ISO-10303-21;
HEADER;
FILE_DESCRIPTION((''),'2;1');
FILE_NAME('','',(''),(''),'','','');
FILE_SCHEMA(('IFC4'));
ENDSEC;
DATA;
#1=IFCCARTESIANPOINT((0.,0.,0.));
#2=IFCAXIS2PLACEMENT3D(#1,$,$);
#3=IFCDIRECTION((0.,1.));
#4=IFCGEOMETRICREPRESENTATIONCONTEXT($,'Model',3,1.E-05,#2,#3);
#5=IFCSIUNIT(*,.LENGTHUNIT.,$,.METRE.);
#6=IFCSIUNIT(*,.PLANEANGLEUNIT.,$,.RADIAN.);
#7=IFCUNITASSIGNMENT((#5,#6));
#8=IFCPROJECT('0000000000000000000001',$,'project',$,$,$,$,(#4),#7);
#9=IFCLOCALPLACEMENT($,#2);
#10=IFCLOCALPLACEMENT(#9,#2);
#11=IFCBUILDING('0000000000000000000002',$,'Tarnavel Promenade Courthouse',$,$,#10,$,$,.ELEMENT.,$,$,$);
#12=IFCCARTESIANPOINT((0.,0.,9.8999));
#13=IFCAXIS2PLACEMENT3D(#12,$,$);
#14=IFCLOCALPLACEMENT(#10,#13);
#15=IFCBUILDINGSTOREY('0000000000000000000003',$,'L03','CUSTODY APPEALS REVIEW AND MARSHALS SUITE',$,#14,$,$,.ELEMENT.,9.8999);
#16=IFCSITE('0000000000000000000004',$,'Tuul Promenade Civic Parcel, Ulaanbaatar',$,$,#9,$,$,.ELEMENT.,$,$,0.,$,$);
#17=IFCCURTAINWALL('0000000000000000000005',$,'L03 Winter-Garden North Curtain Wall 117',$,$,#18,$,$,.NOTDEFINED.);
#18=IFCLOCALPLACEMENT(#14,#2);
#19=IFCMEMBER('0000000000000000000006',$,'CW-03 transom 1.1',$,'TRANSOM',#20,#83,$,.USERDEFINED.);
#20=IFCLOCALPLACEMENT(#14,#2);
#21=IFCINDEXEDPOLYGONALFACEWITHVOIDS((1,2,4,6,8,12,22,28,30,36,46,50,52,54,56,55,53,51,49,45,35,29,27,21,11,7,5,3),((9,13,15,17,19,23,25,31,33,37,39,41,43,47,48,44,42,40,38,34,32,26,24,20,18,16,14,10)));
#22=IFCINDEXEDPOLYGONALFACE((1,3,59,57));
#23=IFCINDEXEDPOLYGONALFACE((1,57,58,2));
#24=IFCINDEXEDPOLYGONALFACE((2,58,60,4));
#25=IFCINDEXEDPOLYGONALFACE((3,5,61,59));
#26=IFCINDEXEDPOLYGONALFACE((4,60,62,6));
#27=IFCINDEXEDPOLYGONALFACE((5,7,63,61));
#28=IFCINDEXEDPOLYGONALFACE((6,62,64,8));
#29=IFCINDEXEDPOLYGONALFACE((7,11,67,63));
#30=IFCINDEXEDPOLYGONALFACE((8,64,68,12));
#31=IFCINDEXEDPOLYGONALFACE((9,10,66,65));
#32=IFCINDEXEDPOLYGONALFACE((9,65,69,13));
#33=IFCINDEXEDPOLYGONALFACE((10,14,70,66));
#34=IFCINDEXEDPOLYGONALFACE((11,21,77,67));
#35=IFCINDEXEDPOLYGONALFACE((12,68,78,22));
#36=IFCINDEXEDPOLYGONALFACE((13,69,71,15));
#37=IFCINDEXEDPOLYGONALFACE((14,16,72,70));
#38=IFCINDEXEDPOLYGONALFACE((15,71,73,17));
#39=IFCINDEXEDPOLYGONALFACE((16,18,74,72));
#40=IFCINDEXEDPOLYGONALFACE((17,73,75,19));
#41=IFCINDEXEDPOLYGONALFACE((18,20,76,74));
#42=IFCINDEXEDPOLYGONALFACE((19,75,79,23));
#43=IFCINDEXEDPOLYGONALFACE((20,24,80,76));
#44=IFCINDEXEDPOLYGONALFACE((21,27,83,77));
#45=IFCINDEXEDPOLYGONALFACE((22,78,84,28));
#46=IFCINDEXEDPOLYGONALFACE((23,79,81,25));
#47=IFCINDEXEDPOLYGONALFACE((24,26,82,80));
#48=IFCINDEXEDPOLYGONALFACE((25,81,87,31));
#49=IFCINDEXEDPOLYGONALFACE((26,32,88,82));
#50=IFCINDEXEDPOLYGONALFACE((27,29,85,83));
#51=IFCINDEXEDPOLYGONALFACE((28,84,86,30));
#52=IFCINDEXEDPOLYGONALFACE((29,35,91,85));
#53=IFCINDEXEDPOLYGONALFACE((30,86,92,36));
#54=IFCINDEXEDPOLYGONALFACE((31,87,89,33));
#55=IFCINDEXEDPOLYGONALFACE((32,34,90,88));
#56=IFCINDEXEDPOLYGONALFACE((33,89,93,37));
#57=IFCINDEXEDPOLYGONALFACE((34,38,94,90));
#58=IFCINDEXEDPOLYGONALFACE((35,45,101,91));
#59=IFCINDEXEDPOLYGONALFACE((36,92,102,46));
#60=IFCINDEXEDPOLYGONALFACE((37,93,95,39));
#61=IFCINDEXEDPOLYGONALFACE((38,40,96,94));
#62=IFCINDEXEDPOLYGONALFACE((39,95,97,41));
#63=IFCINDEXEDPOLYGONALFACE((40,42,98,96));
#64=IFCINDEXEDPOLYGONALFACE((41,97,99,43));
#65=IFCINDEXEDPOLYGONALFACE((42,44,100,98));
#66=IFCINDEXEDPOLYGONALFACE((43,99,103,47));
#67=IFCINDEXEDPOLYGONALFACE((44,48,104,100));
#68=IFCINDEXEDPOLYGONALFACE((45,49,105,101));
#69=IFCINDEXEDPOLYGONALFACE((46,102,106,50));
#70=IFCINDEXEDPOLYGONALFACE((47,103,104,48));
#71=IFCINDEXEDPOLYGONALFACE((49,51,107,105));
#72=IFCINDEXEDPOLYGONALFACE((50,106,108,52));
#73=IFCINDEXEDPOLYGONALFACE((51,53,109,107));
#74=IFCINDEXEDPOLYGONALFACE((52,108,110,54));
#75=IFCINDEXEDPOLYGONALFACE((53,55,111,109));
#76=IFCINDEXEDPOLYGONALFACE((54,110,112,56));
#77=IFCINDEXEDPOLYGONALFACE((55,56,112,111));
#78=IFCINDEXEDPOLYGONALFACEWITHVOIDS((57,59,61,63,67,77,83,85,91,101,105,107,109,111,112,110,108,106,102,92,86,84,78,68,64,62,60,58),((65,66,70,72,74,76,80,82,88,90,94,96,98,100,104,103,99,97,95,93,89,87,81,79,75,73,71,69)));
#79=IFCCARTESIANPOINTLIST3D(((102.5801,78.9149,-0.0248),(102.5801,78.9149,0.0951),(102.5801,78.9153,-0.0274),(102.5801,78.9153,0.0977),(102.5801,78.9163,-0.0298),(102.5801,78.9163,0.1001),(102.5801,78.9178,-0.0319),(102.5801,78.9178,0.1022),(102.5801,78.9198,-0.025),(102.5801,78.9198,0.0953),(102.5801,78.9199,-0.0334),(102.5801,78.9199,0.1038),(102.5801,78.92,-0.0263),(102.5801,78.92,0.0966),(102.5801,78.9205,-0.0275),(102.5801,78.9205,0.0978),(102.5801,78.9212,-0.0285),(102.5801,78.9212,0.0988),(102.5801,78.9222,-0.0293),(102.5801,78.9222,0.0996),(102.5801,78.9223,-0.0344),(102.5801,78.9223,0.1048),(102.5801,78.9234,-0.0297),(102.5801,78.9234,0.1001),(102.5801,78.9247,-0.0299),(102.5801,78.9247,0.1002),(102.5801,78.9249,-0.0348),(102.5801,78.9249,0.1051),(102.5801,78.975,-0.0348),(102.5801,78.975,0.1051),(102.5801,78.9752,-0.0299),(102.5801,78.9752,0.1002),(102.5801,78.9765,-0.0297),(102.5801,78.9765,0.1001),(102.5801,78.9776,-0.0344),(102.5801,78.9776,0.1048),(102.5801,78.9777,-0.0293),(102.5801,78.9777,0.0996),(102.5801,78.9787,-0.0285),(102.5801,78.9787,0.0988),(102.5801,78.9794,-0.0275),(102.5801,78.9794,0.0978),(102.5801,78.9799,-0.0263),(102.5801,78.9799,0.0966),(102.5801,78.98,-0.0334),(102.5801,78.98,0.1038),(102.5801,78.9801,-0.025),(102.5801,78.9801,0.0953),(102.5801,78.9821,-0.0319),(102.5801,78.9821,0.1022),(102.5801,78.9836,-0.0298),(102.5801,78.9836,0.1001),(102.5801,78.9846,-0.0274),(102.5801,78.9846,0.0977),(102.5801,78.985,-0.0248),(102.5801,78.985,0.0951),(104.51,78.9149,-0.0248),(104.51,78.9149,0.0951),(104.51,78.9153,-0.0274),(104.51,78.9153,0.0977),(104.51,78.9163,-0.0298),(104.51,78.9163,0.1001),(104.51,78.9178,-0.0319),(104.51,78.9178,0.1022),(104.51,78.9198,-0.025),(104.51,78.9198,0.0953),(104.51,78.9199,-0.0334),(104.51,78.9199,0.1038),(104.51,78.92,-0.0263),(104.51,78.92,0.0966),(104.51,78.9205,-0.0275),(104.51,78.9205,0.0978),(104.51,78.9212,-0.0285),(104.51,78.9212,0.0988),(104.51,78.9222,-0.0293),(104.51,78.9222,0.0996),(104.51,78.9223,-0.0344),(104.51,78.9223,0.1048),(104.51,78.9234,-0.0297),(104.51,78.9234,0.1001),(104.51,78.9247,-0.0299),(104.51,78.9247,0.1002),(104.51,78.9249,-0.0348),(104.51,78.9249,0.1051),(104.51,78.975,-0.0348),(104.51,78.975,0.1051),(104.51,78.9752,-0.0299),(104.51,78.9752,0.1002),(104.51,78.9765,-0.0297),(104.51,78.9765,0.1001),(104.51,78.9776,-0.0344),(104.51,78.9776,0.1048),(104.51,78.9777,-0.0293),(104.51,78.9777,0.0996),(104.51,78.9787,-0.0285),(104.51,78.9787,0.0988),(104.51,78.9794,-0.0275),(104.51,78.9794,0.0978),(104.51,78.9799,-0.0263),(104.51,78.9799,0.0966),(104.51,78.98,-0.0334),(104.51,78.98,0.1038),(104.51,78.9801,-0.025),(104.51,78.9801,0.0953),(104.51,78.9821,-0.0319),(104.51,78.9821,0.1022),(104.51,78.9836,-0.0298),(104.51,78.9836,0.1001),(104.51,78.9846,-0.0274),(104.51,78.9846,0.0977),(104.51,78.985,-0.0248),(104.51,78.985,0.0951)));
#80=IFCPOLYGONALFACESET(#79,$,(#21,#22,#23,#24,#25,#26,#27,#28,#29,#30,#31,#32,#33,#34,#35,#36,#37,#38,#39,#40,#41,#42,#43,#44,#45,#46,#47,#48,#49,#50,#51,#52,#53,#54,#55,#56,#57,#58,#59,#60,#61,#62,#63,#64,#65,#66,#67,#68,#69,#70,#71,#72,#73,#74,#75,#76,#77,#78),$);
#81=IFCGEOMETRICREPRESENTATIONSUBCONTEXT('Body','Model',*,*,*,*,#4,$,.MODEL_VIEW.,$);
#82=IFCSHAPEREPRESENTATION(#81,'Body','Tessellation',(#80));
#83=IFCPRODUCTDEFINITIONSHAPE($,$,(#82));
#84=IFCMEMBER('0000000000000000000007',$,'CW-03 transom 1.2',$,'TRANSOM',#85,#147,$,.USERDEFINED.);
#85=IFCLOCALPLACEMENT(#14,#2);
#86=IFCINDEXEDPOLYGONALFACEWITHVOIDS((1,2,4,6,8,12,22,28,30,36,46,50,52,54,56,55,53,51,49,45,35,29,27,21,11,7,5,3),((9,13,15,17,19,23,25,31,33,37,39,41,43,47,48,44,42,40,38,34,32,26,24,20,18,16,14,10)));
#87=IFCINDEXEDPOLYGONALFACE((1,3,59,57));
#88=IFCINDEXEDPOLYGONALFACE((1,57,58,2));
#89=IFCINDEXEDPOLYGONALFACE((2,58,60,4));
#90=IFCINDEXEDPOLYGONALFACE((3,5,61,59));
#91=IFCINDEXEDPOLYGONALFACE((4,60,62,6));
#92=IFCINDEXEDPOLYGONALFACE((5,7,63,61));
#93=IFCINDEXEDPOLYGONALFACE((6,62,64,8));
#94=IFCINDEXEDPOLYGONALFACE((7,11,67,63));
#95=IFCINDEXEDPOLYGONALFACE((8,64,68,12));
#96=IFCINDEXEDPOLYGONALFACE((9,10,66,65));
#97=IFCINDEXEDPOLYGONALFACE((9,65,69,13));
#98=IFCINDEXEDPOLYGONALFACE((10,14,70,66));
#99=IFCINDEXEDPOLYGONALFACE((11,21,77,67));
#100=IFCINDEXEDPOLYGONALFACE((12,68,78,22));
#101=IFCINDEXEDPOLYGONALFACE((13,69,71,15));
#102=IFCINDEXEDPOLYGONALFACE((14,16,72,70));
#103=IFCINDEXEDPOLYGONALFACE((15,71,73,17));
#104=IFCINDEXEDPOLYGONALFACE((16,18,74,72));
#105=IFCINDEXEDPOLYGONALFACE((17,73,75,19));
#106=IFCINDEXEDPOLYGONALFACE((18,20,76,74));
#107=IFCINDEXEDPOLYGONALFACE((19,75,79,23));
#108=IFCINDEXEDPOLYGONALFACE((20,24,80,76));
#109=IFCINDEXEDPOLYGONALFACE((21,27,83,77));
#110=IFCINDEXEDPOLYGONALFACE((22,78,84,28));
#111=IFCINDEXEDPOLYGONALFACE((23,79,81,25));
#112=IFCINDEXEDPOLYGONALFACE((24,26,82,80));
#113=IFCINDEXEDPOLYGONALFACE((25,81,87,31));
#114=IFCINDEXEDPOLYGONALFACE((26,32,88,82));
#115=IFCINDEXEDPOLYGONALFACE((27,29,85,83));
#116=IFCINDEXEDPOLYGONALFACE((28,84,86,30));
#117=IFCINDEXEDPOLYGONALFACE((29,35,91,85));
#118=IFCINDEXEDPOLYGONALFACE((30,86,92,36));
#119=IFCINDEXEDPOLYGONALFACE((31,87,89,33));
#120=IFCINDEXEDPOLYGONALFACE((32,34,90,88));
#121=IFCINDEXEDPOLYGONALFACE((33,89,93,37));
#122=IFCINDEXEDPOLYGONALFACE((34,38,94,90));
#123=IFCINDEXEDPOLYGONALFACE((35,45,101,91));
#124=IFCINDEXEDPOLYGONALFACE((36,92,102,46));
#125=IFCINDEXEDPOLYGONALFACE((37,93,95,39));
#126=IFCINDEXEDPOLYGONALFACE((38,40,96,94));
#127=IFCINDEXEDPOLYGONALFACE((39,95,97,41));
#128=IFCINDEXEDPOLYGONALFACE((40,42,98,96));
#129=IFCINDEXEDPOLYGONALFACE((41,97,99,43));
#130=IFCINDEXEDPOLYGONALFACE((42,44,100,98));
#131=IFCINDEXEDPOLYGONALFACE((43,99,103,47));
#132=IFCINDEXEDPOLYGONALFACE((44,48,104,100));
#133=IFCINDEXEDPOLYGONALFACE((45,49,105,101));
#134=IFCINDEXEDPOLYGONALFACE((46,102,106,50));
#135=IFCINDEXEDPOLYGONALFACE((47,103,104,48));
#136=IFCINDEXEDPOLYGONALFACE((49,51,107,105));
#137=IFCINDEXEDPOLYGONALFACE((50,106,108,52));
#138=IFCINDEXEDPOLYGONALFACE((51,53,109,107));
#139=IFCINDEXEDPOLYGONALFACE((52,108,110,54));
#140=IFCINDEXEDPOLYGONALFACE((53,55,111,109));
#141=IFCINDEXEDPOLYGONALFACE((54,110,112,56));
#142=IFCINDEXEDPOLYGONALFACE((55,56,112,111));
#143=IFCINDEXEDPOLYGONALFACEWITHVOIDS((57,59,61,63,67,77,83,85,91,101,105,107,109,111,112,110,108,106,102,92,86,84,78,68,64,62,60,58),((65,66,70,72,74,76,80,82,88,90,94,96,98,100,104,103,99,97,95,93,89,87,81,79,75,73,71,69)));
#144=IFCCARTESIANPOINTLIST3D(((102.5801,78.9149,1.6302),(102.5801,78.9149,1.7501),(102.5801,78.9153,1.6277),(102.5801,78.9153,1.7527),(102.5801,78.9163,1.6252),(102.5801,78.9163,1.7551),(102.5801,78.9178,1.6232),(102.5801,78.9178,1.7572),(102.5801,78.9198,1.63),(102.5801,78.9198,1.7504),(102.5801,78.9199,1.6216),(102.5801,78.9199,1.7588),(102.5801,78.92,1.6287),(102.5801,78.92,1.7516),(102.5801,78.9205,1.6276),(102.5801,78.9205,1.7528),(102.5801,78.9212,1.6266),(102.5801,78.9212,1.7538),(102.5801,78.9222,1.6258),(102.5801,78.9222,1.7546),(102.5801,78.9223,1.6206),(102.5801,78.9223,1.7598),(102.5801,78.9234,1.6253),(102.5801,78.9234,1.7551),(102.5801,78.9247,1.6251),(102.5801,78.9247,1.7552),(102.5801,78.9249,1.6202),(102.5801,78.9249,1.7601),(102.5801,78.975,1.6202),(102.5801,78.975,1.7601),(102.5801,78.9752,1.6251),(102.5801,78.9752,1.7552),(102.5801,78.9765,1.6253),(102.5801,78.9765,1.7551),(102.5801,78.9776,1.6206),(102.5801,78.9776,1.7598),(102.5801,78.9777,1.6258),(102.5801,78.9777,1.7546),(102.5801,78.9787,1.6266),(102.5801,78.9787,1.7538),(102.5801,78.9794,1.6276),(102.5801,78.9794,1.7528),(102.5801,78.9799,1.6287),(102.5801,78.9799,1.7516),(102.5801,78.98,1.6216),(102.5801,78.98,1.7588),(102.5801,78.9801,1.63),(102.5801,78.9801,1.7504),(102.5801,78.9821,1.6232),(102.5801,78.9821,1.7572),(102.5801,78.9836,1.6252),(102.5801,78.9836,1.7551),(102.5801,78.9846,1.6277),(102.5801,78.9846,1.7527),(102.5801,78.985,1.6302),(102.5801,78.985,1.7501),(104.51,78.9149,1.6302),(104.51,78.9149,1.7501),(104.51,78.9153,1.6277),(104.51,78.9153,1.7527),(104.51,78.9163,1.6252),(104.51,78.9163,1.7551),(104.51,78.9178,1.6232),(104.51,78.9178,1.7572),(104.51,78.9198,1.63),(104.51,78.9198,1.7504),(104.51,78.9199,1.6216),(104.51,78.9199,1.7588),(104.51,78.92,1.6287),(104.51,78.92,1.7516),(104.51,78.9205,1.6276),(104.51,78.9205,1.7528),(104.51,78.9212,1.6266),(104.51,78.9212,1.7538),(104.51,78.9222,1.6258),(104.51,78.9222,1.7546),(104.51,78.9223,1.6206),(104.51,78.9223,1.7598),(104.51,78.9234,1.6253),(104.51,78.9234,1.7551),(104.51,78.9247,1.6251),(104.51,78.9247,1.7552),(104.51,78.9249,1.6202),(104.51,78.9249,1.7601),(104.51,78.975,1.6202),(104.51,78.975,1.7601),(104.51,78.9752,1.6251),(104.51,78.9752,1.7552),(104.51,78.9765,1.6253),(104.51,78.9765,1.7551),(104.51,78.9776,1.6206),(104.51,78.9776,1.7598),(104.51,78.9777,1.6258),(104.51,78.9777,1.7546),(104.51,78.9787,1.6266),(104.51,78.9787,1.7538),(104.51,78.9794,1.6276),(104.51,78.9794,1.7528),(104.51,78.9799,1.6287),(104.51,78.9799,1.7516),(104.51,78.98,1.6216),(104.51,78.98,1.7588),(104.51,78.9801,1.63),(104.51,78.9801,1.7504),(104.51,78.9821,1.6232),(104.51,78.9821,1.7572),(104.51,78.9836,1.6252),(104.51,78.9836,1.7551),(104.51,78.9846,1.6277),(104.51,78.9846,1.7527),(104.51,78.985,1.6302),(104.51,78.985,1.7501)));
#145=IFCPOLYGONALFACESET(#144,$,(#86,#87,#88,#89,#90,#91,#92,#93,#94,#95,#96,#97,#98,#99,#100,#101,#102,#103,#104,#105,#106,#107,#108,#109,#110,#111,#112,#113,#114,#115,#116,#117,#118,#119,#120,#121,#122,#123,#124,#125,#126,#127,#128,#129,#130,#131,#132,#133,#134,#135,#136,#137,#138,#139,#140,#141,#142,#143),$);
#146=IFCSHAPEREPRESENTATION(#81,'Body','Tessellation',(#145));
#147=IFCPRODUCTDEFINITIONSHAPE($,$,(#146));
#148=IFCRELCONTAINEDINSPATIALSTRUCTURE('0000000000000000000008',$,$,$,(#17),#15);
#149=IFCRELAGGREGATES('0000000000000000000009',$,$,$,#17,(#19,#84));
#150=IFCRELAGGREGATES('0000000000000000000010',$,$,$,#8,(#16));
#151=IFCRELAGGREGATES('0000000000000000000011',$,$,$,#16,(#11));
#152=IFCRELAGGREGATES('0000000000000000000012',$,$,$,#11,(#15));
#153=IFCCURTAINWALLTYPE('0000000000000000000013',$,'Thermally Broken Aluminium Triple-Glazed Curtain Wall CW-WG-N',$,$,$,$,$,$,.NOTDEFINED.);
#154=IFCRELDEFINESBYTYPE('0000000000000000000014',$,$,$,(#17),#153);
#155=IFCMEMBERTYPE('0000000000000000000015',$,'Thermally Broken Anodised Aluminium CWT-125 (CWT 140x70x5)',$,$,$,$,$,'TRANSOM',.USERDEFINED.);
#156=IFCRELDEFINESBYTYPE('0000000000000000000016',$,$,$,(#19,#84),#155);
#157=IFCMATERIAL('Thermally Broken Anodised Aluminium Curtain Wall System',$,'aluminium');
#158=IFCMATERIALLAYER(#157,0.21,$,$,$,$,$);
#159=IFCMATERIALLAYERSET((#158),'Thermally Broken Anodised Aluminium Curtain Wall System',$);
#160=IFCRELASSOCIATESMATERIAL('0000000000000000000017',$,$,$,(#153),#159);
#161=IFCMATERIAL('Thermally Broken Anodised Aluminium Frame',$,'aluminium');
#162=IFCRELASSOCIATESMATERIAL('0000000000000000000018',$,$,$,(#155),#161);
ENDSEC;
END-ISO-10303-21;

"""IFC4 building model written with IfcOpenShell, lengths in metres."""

from ifc_helpers import new_model, si_unit, direction, frame, origin, origin_2d, place, context, subcontext, project, spatial, hollow_rectangle, extrude, material, layer, layer_set, material_profile, profile_set, type_object, element, aggregate, save


model = new_model("IFC4")

# Units and contexts
model_context = context("Model", 3, precision=1e-05, world=origin(), true_north=direction((0.0, 1.0)))
body_context = subcontext(model_context, "Body", "Model", "MODEL_VIEW")
ifc_project = project(units=[si_unit("LENGTHUNIT", "METRE"), si_unit("PLANEANGLEUNIT", "RADIAN")], contexts=[model_context])

# Site, building, storey
site_placement = place(None, origin())
site = spatial("IfcSite", under=ifc_project, at=site_placement, Name="Tuul Promenade Civic Parcel, Ulaanbaatar", CompositionType="ELEMENT", RefElevation=0.0)
building_placement = place(site_placement, origin())
building = spatial("IfcBuilding", under=site, at=building_placement, Name="Tarnavel Promenade Courthouse", CompositionType="ELEMENT")
storey_placement = place(building_placement, frame((0.0, 0.0, 9.8999)))
storey = spatial("IfcBuildingStorey", under=building, at=storey_placement, Name="L03", Description="CUSTODY APPEALS REVIEW AND MARSHALS SUITE", CompositionType="ELEMENT", Elevation=9.8999)

# Curtain wall
ifc_material_1 = material(Name="Thermally Broken Anodised Aluminium Curtain Wall System", Category="aluminium")
ifc_layer_1 = layer(ifc_material_1, 0.21)
ifc_layer_set_1 = layer_set([ifc_layer_1], Name="Thermally Broken Anodised Aluminium Curtain Wall System")
curtain_wall_type = type_object("IfcCurtainWallType", Name="Thermally Broken Aluminium Triple-Glazed Curtain Wall CW-WG-N", PredefinedType="NOTDEFINED", material=ifc_layer_set_1)
curtain_wall_1_placement = place(storey_placement, origin())
curtain_wall_1 = element("IfcCurtainWall", 1, at=curtain_wall_1_placement, inside=storey, type_object=curtain_wall_type, Name="L03 Winter-Garden North Curtain Wall 117", PredefinedType="NOTDEFINED")
ifc_material_2 = material(Name="Thermally Broken Anodised Aluminium Frame", Category="aluminium")

# Members
ifc_material_profile_1 = material_profile(ifc_material_2, hollow_rectangle(XDim=0.0701, YDim=0.1399, WallThickness=0.0049, InnerFilletRadius=0.0049, OuterFilletRadius=0.01, at=origin_2d()), Name="CWT 140x70x5")
ifc_profile_set_1 = profile_set([ifc_material_profile_1], Name="Thermally Broken Anodised Aluminium Frame")
member_type_1 = type_object("IfcMemberType", Name="Thermally Broken Anodised Aluminium CWT-125 (CWT 140x70x5)", ElementType="TRANSOM", PredefinedType="USERDEFINED", material=ifc_profile_set_1)
member_1_placement = place(storey_placement, frame((102.5801, 78.95, 0.0352), z_axis=(1.0, 0.0, 0.0), x_axis=(0.0, 1.0, 0.0)))
member_1 = element("IfcMember", 2, at=member_1_placement, type_object=member_type_1, Name="CW-03 transom 1.1", ObjectType="TRANSOM", PredefinedType="USERDEFINED", context=body_context, shape_type="SweptSolid", body=[
    extrude(hollow_rectangle(XDim=0.0701, YDim=0.1399, WallThickness=0.0049, InnerFilletRadius=0.0049, OuterFilletRadius=0.01, at=origin_2d()), origin(), (0.0, 0.0, 1.0), 1.9299),
])
member_2_placement = place(storey_placement, frame((102.5801, 78.95, 1.6902), z_axis=(1.0, 0.0, 0.0), x_axis=(0.0, 1.0, 0.0)))
member_2 = element("IfcMember", 3, at=member_2_placement, type_object=member_type_1, Name="CW-03 transom 1.2", ObjectType="TRANSOM", PredefinedType="USERDEFINED", context=body_context, shape_type="SweptSolid", body=[
    extrude(hollow_rectangle(XDim=0.0701, YDim=0.1399, WallThickness=0.0049, InnerFilletRadius=0.0049, OuterFilletRadius=0.01, at=origin_2d()), origin(), (0.0, 0.0, 1.0), 1.9299),
])

aggregate(curtain_wall_1, [member_1, member_2])

save(model, "model.ifc")
